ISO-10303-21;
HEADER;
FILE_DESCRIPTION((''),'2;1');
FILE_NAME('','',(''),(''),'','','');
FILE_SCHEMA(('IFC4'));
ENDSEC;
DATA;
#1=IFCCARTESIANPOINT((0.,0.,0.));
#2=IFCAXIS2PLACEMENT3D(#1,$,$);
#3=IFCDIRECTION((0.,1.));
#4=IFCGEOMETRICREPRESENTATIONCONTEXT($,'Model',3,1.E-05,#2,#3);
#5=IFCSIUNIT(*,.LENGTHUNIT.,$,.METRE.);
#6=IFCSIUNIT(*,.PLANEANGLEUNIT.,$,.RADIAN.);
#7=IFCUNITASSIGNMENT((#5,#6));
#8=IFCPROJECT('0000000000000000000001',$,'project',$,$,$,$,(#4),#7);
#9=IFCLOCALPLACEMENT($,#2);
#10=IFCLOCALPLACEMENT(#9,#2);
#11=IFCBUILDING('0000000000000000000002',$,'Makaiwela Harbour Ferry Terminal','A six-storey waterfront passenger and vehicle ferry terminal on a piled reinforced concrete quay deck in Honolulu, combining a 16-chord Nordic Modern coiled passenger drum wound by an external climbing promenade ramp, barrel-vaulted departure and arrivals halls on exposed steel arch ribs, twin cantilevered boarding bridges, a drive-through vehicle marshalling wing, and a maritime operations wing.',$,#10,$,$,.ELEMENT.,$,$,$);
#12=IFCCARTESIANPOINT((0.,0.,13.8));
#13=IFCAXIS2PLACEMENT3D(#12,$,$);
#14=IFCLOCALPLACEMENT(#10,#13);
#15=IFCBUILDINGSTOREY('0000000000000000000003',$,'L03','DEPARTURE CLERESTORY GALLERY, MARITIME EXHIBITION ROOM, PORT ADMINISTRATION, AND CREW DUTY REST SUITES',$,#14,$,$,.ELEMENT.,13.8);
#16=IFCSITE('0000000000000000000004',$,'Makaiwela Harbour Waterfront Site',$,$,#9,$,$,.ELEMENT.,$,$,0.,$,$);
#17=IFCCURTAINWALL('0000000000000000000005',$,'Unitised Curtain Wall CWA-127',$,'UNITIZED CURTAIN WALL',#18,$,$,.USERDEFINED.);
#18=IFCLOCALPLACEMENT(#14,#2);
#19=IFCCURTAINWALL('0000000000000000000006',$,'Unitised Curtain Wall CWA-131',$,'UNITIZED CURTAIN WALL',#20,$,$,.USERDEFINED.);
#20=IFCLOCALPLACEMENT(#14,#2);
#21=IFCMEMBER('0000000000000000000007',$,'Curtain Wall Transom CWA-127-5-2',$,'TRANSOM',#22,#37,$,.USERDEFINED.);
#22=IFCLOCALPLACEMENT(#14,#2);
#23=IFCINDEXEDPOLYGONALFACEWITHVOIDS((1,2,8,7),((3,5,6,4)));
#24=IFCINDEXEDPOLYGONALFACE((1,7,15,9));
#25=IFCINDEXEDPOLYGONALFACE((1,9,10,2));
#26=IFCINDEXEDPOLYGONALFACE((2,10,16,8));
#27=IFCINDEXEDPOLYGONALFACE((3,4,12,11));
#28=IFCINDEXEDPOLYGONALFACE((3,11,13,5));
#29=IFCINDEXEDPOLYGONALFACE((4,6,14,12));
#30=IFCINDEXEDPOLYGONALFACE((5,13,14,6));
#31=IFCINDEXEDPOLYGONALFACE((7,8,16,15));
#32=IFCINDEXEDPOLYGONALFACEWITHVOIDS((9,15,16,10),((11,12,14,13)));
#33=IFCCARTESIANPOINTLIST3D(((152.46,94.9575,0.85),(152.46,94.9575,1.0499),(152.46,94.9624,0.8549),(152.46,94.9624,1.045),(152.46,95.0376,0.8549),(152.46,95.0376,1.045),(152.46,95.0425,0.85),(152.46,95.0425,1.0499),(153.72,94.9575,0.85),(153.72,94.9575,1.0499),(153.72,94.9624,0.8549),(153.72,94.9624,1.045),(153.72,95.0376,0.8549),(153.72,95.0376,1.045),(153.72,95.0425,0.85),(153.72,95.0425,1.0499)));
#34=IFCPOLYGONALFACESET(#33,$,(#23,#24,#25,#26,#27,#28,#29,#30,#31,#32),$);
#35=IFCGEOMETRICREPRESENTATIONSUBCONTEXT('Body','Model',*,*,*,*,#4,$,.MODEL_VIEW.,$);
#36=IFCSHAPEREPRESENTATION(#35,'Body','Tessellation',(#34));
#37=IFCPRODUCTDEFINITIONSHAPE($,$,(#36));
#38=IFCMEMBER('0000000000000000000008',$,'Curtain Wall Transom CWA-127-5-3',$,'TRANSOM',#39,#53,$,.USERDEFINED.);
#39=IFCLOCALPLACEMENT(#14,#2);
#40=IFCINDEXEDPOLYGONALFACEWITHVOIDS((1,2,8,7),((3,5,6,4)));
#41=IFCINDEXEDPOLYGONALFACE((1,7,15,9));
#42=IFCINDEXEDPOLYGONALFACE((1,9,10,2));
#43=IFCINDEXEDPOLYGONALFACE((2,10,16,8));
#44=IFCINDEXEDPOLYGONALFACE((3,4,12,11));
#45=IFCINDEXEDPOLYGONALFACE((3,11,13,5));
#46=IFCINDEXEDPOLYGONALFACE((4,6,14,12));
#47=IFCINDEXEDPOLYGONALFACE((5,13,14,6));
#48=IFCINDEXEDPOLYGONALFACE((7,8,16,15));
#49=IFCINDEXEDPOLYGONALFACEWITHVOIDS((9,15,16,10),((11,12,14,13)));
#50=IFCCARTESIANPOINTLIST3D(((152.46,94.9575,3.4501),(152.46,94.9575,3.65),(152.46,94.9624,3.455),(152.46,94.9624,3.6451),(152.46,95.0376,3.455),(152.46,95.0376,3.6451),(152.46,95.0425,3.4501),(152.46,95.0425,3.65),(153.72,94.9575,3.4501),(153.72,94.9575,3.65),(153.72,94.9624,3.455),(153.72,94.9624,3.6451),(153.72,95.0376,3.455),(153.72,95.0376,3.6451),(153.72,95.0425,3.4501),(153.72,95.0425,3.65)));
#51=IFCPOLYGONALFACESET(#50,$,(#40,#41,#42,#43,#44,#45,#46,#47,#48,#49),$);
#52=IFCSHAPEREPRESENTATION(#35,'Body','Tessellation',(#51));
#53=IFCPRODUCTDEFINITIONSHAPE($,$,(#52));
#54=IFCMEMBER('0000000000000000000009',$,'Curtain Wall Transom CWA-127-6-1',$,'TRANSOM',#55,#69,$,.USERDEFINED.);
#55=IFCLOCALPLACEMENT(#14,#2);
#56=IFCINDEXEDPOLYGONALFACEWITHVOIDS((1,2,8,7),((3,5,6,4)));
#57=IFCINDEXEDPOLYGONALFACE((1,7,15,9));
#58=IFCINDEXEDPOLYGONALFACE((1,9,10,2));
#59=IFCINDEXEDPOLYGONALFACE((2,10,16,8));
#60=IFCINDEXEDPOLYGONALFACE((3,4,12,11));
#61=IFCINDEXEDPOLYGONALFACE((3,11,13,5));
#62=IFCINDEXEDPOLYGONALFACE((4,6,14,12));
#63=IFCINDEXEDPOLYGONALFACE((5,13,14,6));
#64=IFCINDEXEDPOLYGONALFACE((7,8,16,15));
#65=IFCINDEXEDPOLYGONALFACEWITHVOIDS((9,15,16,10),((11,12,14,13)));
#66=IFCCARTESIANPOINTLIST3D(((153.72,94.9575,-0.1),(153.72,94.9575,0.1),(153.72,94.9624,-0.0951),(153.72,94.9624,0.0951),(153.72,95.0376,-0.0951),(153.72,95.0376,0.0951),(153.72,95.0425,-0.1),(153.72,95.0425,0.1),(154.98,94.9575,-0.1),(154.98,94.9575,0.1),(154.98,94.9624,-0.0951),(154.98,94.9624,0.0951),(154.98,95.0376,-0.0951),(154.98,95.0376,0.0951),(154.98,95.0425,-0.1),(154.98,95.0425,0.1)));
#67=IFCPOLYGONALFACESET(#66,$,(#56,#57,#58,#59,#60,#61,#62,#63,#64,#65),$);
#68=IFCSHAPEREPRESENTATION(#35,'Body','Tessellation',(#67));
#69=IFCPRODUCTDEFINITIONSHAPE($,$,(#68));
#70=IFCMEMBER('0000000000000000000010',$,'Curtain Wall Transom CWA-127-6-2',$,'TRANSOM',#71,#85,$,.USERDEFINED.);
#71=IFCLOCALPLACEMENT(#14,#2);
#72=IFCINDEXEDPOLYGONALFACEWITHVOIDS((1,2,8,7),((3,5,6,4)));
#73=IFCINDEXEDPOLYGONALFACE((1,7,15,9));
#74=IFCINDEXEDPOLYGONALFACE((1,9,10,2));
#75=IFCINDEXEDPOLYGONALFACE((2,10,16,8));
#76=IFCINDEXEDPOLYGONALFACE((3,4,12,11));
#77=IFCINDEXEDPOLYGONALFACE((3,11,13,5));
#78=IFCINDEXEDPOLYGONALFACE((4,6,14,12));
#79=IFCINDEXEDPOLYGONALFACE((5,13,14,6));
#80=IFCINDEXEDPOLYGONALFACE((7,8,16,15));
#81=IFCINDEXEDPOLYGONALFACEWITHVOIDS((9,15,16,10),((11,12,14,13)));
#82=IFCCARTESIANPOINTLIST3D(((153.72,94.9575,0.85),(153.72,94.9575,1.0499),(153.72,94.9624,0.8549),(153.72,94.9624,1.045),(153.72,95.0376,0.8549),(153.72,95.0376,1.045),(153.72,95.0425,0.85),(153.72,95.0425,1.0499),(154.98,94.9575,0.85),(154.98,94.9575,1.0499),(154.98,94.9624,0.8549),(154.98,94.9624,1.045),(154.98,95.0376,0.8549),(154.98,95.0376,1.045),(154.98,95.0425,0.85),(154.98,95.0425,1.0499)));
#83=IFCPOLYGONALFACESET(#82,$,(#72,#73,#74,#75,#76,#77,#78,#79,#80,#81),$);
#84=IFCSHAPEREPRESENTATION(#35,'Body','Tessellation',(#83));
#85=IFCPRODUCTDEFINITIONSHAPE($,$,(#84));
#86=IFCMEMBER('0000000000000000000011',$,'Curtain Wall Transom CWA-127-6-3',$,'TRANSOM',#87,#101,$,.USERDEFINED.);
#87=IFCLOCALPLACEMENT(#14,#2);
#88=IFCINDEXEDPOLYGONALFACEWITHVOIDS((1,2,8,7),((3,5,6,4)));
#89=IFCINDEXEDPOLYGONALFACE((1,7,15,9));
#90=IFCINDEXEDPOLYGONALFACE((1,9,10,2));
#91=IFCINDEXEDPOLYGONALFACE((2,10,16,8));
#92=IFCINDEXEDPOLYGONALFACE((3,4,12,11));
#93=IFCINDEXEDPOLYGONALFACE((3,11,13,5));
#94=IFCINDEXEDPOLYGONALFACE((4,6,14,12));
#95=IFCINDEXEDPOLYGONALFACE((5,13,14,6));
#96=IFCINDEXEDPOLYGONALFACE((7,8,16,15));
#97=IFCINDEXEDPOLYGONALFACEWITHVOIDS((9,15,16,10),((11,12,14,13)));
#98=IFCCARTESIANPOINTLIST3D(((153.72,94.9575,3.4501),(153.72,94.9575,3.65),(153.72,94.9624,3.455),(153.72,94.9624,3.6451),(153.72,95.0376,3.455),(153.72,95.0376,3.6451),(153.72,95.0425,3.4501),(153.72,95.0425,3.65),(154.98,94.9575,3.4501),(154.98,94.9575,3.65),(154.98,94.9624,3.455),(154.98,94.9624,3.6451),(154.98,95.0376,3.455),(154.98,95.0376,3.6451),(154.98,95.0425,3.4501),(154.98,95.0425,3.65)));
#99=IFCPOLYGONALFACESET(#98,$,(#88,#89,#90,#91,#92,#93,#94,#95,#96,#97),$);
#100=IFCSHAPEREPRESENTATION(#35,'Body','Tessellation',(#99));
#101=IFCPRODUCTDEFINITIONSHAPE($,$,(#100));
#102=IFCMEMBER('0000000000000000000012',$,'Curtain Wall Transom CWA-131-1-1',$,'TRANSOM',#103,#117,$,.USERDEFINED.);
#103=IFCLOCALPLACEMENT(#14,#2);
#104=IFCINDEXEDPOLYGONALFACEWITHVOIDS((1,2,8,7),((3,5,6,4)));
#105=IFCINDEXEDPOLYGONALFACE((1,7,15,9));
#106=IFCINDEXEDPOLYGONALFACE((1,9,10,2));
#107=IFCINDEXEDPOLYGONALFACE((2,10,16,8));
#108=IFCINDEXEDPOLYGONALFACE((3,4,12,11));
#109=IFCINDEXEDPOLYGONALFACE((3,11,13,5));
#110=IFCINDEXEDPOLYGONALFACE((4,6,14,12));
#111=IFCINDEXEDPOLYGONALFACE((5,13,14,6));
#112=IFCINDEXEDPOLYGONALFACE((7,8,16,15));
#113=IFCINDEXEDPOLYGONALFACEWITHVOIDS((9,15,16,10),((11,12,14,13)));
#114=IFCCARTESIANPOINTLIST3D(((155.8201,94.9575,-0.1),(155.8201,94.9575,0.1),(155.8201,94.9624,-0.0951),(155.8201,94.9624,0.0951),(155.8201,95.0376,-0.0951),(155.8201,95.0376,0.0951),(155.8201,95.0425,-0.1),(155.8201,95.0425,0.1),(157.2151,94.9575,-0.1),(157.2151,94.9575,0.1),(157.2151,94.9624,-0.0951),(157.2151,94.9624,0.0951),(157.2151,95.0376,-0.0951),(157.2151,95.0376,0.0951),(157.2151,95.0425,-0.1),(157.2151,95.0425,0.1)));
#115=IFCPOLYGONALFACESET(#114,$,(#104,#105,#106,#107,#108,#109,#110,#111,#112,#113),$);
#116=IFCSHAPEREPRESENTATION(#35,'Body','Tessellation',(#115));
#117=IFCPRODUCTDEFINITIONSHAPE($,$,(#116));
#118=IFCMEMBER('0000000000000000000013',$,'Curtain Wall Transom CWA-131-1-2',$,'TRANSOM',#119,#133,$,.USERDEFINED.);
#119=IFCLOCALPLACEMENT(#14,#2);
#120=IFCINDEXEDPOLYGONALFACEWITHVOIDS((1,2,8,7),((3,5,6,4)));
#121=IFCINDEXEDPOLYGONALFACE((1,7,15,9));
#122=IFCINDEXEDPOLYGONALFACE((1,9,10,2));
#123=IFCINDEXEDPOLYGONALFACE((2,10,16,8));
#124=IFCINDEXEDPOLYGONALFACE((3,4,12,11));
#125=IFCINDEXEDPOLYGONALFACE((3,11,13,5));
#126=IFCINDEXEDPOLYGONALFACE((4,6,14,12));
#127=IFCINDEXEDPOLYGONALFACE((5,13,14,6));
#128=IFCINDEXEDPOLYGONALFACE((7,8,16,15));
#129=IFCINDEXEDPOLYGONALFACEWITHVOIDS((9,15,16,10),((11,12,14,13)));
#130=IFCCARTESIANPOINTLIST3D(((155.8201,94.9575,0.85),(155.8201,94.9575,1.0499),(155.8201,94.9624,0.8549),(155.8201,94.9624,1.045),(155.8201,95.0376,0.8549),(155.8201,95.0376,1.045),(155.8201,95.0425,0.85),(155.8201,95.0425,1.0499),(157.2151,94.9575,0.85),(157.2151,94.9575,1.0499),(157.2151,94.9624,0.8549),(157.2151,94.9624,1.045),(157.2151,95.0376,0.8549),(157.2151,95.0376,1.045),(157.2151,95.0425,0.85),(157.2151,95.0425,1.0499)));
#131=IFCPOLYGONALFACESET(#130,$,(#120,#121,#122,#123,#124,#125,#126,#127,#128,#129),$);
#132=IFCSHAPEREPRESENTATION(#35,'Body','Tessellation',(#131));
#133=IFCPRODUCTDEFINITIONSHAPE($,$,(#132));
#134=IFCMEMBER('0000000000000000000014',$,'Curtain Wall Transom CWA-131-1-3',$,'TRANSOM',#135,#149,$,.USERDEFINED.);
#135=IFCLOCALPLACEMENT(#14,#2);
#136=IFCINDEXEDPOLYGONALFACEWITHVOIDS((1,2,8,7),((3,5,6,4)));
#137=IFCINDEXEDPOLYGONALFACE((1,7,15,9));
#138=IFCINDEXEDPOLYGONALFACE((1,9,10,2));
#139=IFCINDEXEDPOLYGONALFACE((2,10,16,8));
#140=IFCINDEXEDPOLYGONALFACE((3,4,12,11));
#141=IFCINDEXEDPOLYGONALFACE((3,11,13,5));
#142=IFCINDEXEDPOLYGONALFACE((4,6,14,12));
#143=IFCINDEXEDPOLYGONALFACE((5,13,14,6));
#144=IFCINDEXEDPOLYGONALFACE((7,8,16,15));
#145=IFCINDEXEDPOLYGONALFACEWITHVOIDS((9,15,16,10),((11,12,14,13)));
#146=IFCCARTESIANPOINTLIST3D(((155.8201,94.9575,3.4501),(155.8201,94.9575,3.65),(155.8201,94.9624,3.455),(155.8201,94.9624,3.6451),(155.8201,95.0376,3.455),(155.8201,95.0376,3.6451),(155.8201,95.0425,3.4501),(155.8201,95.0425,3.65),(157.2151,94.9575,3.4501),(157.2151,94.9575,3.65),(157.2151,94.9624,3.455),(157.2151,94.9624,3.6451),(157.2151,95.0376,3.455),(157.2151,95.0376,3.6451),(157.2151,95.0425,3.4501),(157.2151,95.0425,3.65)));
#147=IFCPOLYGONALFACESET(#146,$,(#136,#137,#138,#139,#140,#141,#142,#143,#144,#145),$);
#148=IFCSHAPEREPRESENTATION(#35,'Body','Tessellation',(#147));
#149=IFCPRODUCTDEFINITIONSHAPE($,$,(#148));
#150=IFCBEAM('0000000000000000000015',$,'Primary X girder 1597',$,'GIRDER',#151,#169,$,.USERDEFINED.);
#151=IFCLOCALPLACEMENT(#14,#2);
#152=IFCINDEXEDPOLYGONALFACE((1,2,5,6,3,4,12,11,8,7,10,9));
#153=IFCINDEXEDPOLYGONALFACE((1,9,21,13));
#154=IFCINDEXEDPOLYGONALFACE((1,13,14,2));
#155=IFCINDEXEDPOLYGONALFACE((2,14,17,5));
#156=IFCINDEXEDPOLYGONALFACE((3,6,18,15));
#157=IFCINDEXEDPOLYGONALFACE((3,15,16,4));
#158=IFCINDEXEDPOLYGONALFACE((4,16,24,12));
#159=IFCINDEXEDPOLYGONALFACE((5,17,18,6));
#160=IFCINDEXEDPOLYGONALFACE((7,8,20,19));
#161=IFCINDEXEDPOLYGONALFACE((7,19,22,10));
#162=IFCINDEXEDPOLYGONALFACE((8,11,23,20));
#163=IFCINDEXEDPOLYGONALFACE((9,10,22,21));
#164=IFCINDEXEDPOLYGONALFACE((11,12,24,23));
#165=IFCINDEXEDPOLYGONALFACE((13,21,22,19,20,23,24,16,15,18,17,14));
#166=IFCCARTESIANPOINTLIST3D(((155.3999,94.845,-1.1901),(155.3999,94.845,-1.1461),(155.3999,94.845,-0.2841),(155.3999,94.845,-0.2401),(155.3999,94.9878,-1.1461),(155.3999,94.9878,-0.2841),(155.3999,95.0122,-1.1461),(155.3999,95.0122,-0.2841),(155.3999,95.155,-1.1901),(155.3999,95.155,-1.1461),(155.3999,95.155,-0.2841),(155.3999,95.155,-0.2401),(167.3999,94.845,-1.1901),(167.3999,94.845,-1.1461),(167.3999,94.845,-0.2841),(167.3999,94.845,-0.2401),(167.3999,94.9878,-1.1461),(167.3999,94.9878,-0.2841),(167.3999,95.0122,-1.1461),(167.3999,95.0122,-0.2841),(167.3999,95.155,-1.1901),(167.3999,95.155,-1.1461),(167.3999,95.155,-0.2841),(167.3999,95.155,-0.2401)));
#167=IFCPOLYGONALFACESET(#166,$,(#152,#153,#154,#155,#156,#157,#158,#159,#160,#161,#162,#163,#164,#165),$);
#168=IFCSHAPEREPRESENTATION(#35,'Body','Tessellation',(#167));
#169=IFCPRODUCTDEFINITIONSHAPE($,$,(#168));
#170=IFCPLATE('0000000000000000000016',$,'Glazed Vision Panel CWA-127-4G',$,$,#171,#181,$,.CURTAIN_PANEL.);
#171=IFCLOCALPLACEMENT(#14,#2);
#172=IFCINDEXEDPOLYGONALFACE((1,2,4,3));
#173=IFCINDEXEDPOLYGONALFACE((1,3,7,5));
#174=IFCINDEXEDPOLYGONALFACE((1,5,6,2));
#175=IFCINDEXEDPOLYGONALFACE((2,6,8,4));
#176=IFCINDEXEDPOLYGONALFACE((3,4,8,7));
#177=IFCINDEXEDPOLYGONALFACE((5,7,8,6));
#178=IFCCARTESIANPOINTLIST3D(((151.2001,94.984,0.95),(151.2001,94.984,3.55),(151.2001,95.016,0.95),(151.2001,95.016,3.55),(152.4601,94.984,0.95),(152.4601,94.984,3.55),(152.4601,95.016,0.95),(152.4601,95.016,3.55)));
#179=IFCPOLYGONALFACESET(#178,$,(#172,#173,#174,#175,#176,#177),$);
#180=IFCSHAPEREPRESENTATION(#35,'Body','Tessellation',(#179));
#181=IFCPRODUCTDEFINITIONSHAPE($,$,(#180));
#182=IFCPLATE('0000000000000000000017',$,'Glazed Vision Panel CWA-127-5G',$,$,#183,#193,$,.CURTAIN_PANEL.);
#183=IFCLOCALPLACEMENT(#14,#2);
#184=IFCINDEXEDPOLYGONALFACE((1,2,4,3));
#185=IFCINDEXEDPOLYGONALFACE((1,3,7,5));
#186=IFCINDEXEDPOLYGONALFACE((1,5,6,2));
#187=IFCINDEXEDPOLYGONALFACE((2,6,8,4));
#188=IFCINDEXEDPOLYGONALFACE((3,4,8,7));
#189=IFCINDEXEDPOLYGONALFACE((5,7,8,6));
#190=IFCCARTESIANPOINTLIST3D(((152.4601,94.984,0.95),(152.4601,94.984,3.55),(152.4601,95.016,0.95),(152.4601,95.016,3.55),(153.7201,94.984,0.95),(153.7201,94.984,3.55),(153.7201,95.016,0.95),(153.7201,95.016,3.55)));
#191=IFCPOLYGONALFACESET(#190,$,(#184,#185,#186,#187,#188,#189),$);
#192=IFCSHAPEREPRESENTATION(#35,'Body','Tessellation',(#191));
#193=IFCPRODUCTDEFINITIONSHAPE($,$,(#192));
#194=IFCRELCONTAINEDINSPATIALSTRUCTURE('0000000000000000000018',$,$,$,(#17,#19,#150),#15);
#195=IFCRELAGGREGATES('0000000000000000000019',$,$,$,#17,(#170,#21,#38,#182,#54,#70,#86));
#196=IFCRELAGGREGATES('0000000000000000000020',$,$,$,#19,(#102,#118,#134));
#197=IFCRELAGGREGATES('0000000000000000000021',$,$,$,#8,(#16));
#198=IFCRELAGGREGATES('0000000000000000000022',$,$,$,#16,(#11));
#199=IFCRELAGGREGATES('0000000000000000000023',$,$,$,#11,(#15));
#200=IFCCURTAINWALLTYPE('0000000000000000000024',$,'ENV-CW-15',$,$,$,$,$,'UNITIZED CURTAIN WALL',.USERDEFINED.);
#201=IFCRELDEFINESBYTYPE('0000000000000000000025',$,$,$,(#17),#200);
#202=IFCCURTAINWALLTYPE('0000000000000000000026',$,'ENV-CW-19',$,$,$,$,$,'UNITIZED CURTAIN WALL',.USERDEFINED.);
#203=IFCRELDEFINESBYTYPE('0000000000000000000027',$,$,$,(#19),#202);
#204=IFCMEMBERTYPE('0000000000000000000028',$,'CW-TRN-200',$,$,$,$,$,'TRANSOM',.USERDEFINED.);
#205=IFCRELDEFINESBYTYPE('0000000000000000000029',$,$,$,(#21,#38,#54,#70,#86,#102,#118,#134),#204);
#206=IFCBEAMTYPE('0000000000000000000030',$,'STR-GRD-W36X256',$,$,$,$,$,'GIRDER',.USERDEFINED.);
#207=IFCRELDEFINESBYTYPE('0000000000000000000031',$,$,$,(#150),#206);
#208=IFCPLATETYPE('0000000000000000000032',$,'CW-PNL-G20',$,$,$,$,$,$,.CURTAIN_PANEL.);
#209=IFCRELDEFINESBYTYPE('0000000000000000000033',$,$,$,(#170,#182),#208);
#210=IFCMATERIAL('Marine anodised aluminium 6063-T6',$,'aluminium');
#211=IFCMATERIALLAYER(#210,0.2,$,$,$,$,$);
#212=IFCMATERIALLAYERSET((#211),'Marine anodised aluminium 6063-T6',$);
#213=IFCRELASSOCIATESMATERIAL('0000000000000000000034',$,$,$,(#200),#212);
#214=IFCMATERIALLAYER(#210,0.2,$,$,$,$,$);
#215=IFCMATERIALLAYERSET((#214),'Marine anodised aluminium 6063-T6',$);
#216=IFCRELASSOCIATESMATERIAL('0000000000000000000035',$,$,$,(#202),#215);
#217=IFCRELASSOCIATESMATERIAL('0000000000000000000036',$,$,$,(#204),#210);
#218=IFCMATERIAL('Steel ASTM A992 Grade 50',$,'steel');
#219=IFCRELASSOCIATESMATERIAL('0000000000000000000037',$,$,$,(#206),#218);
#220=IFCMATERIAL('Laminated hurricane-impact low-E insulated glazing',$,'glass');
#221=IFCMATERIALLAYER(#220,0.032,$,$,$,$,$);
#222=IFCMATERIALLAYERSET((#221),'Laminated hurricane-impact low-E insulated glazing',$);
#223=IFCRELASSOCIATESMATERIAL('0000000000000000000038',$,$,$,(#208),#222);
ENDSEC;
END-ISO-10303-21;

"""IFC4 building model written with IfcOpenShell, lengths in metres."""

from ifc_helpers import new_model, si_unit, direction, frame, origin, origin_2d, place, context, subcontext, project, spatial, rectangle, hollow_rectangle, i_section, extrude, material, layer, layer_set, material_profile, profile_set, type_object, element, aggregate, save


model = new_model("IFC4")

# Units and contexts
model_context = context("Model", 3, precision=1e-05, world=origin(), true_north=direction((0.0, 1.0)))
body_context = subcontext(model_context, "Body", "Model", "MODEL_VIEW")
ifc_project = project(units=[si_unit("LENGTHUNIT", "METRE"), si_unit("PLANEANGLEUNIT", "RADIAN")], contexts=[model_context])

# Site, building, storey
site_placement = place(None, origin())
site = spatial("IfcSite", under=ifc_project, at=site_placement, Name="Makaiwela Harbour Waterfront Site", CompositionType="ELEMENT", RefElevation=0.0)
building_placement = place(site_placement, origin())
building = spatial("IfcBuilding", under=site, at=building_placement, Name="Makaiwela Harbour Ferry Terminal", Description="A six-storey waterfront passenger and vehicle ferry terminal on a piled reinforced concrete quay deck in Honolulu, combining a 16-chord Nordic Modern coiled passenger drum wound by an external climbing promenade ramp, barrel-vaulted departure and arrivals halls on exposed steel arch ribs, twin cantilevered boarding bridges, a drive-through vehicle marshalling wing, and a maritime operations wing.", CompositionType="ELEMENT")
storey_placement = place(building_placement, frame((0.0, 0.0, 13.8)))
storey = spatial("IfcBuildingStorey", under=building, at=storey_placement, Name="L03", Description="DEPARTURE CLERESTORY GALLERY, MARITIME EXHIBITION ROOM, PORT ADMINISTRATION, AND CREW DUTY REST SUITES", CompositionType="ELEMENT", Elevation=13.8)

# Shared definitions
ifc_material_1 = material(Name="Steel ASTM A992 Grade 50", Category="steel")

# Curtain walls
ifc_material_2 = material(Name="Marine anodised aluminium 6063-T6", Category="aluminium")
ifc_layer_1 = layer(ifc_material_2, 0.2)
ifc_layer_set_1 = layer_set([ifc_layer_1], Name="Marine anodised aluminium 6063-T6")
curtain_wall_type_1 = type_object("IfcCurtainWallType", Name="ENV-CW-15", ElementType="UNITIZED CURTAIN WALL", PredefinedType="USERDEFINED", material=ifc_layer_set_1)
curtain_wall_1_placement = place(storey_placement, origin())
curtain_wall_1 = element("IfcCurtainWall", 1, at=curtain_wall_1_placement, inside=storey, type_object=curtain_wall_type_1, Name="Unitised Curtain Wall CWA-127", ObjectType="UNITIZED CURTAIN WALL", PredefinedType="USERDEFINED")
ifc_layer_2 = layer(ifc_material_2, 0.2)
ifc_layer_set_2 = layer_set([ifc_layer_2], Name="Marine anodised aluminium 6063-T6")
curtain_wall_type_2 = type_object("IfcCurtainWallType", Name="ENV-CW-19", ElementType="UNITIZED CURTAIN WALL", PredefinedType="USERDEFINED", material=ifc_layer_set_2)
curtain_wall_2_placement = place(storey_placement, origin())
curtain_wall_2 = element("IfcCurtainWall", 2, at=curtain_wall_2_placement, inside=storey, type_object=curtain_wall_type_2, Name="Unitised Curtain Wall CWA-131", ObjectType="UNITIZED CURTAIN WALL", PredefinedType="USERDEFINED")

# Members
ifc_material_profile_1 = material_profile(ifc_material_2, hollow_rectangle(XDim=0.085, YDim=0.2, WallThickness=0.0049, at=origin_2d()), Name="CWT-200X85")
ifc_profile_set_1 = profile_set([ifc_material_profile_1], Name="Marine anodised aluminium 6063-T6")
member_type_1 = type_object("IfcMemberType", Name="CW-TRN-200", ElementType="TRANSOM", PredefinedType="USERDEFINED", material=ifc_profile_set_1)
member_1_placement = place(storey_placement, frame((152.46, 95.0, 0.95), z_axis=(1.0, 0.0, 0.0), x_axis=(0.0, 1.0, 0.0)))
member_1 = element("IfcMember", 3, at=member_1_placement, type_object=member_type_1, Name="Curtain Wall Transom CWA-127-5-2", ObjectType="TRANSOM", PredefinedType="USERDEFINED", context=body_context, shape_type="SweptSolid", body=[
    extrude(hollow_rectangle(XDim=0.085, YDim=0.2, WallThickness=0.0049, at=origin_2d()), origin(), (0.0, 0.0, 1.0), 1.26),
])
member_2_placement = place(storey_placement, frame((152.46, 95.0, 3.55), z_axis=(1.0, 0.0, 0.0), x_axis=(0.0, 1.0, 0.0)))
member_2 = element("IfcMember", 4, at=member_2_placement, type_object=member_type_1, Name="Curtain Wall Transom CWA-127-5-3", ObjectType="TRANSOM", PredefinedType="USERDEFINED", context=body_context, shape_type="SweptSolid", body=[
    extrude(hollow_rectangle(XDim=0.085, YDim=0.2, WallThickness=0.0049, at=origin_2d()), origin(), (0.0, 0.0, 1.0), 1.26),
])
member_3_placement = place(storey_placement, frame((153.72, 95.0, 0.0), z_axis=(1.0, 0.0, 0.0), x_axis=(0.0, 1.0, 0.0)))
member_3 = element("IfcMember", 5, at=member_3_placement, type_object=member_type_1, Name="Curtain Wall Transom CWA-127-6-1", ObjectType="TRANSOM", PredefinedType="USERDEFINED", context=body_context, shape_type="SweptSolid", body=[
    extrude(hollow_rectangle(XDim=0.085, YDim=0.2, WallThickness=0.0049, at=origin_2d()), origin(), (0.0, 0.0, 1.0), 1.26),
])
member_4_placement = place(storey_placement, frame((153.72, 95.0, 0.95), z_axis=(1.0, 0.0, 0.0), x_axis=(0.0, 1.0, 0.0)))
member_4 = element("IfcMember", 6, at=member_4_placement, type_object=member_type_1, Name="Curtain Wall Transom CWA-127-6-2", ObjectType="TRANSOM", PredefinedType="USERDEFINED", context=body_context, shape_type="SweptSolid", body=[
    extrude(hollow_rectangle(XDim=0.085, YDim=0.2, WallThickness=0.0049, at=origin_2d()), origin(), (0.0, 0.0, 1.0), 1.26),
])
member_5_placement = place(storey_placement, frame((153.72, 95.0, 3.55), z_axis=(1.0, 0.0, 0.0), x_axis=(0.0, 1.0, 0.0)))
member_5 = element("IfcMember", 7, at=member_5_placement, type_object=member_type_1, Name="Curtain Wall Transom CWA-127-6-3", ObjectType="TRANSOM", PredefinedType="USERDEFINED", context=body_context, shape_type="SweptSolid", body=[
    extrude(hollow_rectangle(XDim=0.085, YDim=0.2, WallThickness=0.0049, at=origin_2d()), origin(), (0.0, 0.0, 1.0), 1.26),
])
member_6_placement = place(storey_placement, frame((155.8201, 95.0, 0.0), z_axis=(1.0, 0.0, 0.0), x_axis=(0.0, 1.0, 0.0)))
member_6 = element("IfcMember", 8, at=member_6_placement, type_object=member_type_1, Name="Curtain Wall Transom CWA-131-1-1", ObjectType="TRANSOM", PredefinedType="USERDEFINED", context=body_context, shape_type="SweptSolid", body=[
    extrude(hollow_rectangle(XDim=0.085, YDim=0.2, WallThickness=0.0049, at=origin_2d()), origin(), (0.0, 0.0, 1.0), 1.395),
])
member_7_placement = place(storey_placement, frame((155.8201, 95.0, 0.95), z_axis=(1.0, 0.0, 0.0), x_axis=(0.0, 1.0, 0.0)))
member_7 = element("IfcMember", 9, at=member_7_placement, type_object=member_type_1, Name="Curtain Wall Transom CWA-131-1-2", ObjectType="TRANSOM", PredefinedType="USERDEFINED", context=body_context, shape_type="SweptSolid", body=[
    extrude(hollow_rectangle(XDim=0.085, YDim=0.2, WallThickness=0.0049, at=origin_2d()), origin(), (0.0, 0.0, 1.0), 1.395),
])
member_8_placement = place(storey_placement, frame((155.8201, 95.0, 3.55), z_axis=(1.0, 0.0, 0.0), x_axis=(0.0, 1.0, 0.0)))
member_8 = element("IfcMember", 10, at=member_8_placement, type_object=member_type_1, Name="Curtain Wall Transom CWA-131-1-3", ObjectType="TRANSOM", PredefinedType="USERDEFINED", context=body_context, shape_type="SweptSolid", body=[
    extrude(hollow_rectangle(XDim=0.085, YDim=0.2, WallThickness=0.0049, at=origin_2d()), origin(), (0.0, 0.0, 1.0), 1.395),
])

# Beam
ifc_material_profile_2 = material_profile(ifc_material_1, i_section(OverallWidth=0.3101, OverallDepth=0.95, WebThickness=0.0244, FlangeThickness=0.0439, at=origin_2d()), Name="W36X256")
ifc_profile_set_2 = profile_set([ifc_material_profile_2], Name="Steel ASTM A992 Grade 50")
beam_type = type_object("IfcBeamType", Name="STR-GRD-W36X256", ElementType="GIRDER", PredefinedType="USERDEFINED", material=ifc_profile_set_2)
beam_placement = place(storey_placement, frame((155.3999, 95.0, -0.7151), z_axis=(1.0, 0.0, 0.0), x_axis=(0.0, 1.0, 0.0)))
element("IfcBeam", 11, at=beam_placement, inside=storey, type_object=beam_type, Name="Primary X girder 1597", ObjectType="GIRDER", PredefinedType="USERDEFINED", context=body_context, shape_type="SweptSolid", body=[
    extrude(i_section(OverallWidth=0.3101, OverallDepth=0.95, WebThickness=0.0244, FlangeThickness=0.0439, at=origin_2d()), origin(), (0.0, 0.0, 1.0), 12.0),
])

# Plates
ifc_material_3 = material(Name="Laminated hurricane-impact low-E insulated glazing", Category="glass")
ifc_layer_3 = layer(ifc_material_3, 0.032)
ifc_layer_set_3 = layer_set([ifc_layer_3], Name="Laminated hurricane-impact low-E insulated glazing")
plate_type_1 = type_object("IfcPlateType", Name="CW-PNL-G20", PredefinedType="CURTAIN_PANEL", material=ifc_layer_set_3)
plate_1_placement = place(storey_placement, frame((151.8301, 95.0, 0.95), z_axis=(0.0, 0.0, 1.0), x_axis=(1.0, 0.0, 0.0)))
plate_1 = element("IfcPlate", 12, at=plate_1_placement, type_object=plate_type_1, Name="Glazed Vision Panel CWA-127-4G", PredefinedType="CURTAIN_PANEL", context=body_context, shape_type="SweptSolid", body=[
    extrude(rectangle(XDim=1.26, YDim=0.032, at=origin_2d()), origin(), (0.0, 0.0, 1.0), 2.6001),
])
plate_2_placement = place(storey_placement, frame((153.0901, 95.0, 0.95), z_axis=(0.0, 0.0, 1.0), x_axis=(1.0, 0.0, 0.0)))
plate_2 = element("IfcPlate", 13, at=plate_2_placement, type_object=plate_type_1, Name="Glazed Vision Panel CWA-127-5G", PredefinedType="CURTAIN_PANEL", context=body_context, shape_type="SweptSolid", body=[
    extrude(rectangle(XDim=1.26, YDim=0.032, at=origin_2d()), origin(), (0.0, 0.0, 1.0), 2.6001),
])
aggregate(curtain_wall_1, [plate_1, member_1, member_2, plate_2, member_3, member_4, member_5])
aggregate(curtain_wall_2, [member_6, member_7, member_8])

save(model, "model.ifc")
